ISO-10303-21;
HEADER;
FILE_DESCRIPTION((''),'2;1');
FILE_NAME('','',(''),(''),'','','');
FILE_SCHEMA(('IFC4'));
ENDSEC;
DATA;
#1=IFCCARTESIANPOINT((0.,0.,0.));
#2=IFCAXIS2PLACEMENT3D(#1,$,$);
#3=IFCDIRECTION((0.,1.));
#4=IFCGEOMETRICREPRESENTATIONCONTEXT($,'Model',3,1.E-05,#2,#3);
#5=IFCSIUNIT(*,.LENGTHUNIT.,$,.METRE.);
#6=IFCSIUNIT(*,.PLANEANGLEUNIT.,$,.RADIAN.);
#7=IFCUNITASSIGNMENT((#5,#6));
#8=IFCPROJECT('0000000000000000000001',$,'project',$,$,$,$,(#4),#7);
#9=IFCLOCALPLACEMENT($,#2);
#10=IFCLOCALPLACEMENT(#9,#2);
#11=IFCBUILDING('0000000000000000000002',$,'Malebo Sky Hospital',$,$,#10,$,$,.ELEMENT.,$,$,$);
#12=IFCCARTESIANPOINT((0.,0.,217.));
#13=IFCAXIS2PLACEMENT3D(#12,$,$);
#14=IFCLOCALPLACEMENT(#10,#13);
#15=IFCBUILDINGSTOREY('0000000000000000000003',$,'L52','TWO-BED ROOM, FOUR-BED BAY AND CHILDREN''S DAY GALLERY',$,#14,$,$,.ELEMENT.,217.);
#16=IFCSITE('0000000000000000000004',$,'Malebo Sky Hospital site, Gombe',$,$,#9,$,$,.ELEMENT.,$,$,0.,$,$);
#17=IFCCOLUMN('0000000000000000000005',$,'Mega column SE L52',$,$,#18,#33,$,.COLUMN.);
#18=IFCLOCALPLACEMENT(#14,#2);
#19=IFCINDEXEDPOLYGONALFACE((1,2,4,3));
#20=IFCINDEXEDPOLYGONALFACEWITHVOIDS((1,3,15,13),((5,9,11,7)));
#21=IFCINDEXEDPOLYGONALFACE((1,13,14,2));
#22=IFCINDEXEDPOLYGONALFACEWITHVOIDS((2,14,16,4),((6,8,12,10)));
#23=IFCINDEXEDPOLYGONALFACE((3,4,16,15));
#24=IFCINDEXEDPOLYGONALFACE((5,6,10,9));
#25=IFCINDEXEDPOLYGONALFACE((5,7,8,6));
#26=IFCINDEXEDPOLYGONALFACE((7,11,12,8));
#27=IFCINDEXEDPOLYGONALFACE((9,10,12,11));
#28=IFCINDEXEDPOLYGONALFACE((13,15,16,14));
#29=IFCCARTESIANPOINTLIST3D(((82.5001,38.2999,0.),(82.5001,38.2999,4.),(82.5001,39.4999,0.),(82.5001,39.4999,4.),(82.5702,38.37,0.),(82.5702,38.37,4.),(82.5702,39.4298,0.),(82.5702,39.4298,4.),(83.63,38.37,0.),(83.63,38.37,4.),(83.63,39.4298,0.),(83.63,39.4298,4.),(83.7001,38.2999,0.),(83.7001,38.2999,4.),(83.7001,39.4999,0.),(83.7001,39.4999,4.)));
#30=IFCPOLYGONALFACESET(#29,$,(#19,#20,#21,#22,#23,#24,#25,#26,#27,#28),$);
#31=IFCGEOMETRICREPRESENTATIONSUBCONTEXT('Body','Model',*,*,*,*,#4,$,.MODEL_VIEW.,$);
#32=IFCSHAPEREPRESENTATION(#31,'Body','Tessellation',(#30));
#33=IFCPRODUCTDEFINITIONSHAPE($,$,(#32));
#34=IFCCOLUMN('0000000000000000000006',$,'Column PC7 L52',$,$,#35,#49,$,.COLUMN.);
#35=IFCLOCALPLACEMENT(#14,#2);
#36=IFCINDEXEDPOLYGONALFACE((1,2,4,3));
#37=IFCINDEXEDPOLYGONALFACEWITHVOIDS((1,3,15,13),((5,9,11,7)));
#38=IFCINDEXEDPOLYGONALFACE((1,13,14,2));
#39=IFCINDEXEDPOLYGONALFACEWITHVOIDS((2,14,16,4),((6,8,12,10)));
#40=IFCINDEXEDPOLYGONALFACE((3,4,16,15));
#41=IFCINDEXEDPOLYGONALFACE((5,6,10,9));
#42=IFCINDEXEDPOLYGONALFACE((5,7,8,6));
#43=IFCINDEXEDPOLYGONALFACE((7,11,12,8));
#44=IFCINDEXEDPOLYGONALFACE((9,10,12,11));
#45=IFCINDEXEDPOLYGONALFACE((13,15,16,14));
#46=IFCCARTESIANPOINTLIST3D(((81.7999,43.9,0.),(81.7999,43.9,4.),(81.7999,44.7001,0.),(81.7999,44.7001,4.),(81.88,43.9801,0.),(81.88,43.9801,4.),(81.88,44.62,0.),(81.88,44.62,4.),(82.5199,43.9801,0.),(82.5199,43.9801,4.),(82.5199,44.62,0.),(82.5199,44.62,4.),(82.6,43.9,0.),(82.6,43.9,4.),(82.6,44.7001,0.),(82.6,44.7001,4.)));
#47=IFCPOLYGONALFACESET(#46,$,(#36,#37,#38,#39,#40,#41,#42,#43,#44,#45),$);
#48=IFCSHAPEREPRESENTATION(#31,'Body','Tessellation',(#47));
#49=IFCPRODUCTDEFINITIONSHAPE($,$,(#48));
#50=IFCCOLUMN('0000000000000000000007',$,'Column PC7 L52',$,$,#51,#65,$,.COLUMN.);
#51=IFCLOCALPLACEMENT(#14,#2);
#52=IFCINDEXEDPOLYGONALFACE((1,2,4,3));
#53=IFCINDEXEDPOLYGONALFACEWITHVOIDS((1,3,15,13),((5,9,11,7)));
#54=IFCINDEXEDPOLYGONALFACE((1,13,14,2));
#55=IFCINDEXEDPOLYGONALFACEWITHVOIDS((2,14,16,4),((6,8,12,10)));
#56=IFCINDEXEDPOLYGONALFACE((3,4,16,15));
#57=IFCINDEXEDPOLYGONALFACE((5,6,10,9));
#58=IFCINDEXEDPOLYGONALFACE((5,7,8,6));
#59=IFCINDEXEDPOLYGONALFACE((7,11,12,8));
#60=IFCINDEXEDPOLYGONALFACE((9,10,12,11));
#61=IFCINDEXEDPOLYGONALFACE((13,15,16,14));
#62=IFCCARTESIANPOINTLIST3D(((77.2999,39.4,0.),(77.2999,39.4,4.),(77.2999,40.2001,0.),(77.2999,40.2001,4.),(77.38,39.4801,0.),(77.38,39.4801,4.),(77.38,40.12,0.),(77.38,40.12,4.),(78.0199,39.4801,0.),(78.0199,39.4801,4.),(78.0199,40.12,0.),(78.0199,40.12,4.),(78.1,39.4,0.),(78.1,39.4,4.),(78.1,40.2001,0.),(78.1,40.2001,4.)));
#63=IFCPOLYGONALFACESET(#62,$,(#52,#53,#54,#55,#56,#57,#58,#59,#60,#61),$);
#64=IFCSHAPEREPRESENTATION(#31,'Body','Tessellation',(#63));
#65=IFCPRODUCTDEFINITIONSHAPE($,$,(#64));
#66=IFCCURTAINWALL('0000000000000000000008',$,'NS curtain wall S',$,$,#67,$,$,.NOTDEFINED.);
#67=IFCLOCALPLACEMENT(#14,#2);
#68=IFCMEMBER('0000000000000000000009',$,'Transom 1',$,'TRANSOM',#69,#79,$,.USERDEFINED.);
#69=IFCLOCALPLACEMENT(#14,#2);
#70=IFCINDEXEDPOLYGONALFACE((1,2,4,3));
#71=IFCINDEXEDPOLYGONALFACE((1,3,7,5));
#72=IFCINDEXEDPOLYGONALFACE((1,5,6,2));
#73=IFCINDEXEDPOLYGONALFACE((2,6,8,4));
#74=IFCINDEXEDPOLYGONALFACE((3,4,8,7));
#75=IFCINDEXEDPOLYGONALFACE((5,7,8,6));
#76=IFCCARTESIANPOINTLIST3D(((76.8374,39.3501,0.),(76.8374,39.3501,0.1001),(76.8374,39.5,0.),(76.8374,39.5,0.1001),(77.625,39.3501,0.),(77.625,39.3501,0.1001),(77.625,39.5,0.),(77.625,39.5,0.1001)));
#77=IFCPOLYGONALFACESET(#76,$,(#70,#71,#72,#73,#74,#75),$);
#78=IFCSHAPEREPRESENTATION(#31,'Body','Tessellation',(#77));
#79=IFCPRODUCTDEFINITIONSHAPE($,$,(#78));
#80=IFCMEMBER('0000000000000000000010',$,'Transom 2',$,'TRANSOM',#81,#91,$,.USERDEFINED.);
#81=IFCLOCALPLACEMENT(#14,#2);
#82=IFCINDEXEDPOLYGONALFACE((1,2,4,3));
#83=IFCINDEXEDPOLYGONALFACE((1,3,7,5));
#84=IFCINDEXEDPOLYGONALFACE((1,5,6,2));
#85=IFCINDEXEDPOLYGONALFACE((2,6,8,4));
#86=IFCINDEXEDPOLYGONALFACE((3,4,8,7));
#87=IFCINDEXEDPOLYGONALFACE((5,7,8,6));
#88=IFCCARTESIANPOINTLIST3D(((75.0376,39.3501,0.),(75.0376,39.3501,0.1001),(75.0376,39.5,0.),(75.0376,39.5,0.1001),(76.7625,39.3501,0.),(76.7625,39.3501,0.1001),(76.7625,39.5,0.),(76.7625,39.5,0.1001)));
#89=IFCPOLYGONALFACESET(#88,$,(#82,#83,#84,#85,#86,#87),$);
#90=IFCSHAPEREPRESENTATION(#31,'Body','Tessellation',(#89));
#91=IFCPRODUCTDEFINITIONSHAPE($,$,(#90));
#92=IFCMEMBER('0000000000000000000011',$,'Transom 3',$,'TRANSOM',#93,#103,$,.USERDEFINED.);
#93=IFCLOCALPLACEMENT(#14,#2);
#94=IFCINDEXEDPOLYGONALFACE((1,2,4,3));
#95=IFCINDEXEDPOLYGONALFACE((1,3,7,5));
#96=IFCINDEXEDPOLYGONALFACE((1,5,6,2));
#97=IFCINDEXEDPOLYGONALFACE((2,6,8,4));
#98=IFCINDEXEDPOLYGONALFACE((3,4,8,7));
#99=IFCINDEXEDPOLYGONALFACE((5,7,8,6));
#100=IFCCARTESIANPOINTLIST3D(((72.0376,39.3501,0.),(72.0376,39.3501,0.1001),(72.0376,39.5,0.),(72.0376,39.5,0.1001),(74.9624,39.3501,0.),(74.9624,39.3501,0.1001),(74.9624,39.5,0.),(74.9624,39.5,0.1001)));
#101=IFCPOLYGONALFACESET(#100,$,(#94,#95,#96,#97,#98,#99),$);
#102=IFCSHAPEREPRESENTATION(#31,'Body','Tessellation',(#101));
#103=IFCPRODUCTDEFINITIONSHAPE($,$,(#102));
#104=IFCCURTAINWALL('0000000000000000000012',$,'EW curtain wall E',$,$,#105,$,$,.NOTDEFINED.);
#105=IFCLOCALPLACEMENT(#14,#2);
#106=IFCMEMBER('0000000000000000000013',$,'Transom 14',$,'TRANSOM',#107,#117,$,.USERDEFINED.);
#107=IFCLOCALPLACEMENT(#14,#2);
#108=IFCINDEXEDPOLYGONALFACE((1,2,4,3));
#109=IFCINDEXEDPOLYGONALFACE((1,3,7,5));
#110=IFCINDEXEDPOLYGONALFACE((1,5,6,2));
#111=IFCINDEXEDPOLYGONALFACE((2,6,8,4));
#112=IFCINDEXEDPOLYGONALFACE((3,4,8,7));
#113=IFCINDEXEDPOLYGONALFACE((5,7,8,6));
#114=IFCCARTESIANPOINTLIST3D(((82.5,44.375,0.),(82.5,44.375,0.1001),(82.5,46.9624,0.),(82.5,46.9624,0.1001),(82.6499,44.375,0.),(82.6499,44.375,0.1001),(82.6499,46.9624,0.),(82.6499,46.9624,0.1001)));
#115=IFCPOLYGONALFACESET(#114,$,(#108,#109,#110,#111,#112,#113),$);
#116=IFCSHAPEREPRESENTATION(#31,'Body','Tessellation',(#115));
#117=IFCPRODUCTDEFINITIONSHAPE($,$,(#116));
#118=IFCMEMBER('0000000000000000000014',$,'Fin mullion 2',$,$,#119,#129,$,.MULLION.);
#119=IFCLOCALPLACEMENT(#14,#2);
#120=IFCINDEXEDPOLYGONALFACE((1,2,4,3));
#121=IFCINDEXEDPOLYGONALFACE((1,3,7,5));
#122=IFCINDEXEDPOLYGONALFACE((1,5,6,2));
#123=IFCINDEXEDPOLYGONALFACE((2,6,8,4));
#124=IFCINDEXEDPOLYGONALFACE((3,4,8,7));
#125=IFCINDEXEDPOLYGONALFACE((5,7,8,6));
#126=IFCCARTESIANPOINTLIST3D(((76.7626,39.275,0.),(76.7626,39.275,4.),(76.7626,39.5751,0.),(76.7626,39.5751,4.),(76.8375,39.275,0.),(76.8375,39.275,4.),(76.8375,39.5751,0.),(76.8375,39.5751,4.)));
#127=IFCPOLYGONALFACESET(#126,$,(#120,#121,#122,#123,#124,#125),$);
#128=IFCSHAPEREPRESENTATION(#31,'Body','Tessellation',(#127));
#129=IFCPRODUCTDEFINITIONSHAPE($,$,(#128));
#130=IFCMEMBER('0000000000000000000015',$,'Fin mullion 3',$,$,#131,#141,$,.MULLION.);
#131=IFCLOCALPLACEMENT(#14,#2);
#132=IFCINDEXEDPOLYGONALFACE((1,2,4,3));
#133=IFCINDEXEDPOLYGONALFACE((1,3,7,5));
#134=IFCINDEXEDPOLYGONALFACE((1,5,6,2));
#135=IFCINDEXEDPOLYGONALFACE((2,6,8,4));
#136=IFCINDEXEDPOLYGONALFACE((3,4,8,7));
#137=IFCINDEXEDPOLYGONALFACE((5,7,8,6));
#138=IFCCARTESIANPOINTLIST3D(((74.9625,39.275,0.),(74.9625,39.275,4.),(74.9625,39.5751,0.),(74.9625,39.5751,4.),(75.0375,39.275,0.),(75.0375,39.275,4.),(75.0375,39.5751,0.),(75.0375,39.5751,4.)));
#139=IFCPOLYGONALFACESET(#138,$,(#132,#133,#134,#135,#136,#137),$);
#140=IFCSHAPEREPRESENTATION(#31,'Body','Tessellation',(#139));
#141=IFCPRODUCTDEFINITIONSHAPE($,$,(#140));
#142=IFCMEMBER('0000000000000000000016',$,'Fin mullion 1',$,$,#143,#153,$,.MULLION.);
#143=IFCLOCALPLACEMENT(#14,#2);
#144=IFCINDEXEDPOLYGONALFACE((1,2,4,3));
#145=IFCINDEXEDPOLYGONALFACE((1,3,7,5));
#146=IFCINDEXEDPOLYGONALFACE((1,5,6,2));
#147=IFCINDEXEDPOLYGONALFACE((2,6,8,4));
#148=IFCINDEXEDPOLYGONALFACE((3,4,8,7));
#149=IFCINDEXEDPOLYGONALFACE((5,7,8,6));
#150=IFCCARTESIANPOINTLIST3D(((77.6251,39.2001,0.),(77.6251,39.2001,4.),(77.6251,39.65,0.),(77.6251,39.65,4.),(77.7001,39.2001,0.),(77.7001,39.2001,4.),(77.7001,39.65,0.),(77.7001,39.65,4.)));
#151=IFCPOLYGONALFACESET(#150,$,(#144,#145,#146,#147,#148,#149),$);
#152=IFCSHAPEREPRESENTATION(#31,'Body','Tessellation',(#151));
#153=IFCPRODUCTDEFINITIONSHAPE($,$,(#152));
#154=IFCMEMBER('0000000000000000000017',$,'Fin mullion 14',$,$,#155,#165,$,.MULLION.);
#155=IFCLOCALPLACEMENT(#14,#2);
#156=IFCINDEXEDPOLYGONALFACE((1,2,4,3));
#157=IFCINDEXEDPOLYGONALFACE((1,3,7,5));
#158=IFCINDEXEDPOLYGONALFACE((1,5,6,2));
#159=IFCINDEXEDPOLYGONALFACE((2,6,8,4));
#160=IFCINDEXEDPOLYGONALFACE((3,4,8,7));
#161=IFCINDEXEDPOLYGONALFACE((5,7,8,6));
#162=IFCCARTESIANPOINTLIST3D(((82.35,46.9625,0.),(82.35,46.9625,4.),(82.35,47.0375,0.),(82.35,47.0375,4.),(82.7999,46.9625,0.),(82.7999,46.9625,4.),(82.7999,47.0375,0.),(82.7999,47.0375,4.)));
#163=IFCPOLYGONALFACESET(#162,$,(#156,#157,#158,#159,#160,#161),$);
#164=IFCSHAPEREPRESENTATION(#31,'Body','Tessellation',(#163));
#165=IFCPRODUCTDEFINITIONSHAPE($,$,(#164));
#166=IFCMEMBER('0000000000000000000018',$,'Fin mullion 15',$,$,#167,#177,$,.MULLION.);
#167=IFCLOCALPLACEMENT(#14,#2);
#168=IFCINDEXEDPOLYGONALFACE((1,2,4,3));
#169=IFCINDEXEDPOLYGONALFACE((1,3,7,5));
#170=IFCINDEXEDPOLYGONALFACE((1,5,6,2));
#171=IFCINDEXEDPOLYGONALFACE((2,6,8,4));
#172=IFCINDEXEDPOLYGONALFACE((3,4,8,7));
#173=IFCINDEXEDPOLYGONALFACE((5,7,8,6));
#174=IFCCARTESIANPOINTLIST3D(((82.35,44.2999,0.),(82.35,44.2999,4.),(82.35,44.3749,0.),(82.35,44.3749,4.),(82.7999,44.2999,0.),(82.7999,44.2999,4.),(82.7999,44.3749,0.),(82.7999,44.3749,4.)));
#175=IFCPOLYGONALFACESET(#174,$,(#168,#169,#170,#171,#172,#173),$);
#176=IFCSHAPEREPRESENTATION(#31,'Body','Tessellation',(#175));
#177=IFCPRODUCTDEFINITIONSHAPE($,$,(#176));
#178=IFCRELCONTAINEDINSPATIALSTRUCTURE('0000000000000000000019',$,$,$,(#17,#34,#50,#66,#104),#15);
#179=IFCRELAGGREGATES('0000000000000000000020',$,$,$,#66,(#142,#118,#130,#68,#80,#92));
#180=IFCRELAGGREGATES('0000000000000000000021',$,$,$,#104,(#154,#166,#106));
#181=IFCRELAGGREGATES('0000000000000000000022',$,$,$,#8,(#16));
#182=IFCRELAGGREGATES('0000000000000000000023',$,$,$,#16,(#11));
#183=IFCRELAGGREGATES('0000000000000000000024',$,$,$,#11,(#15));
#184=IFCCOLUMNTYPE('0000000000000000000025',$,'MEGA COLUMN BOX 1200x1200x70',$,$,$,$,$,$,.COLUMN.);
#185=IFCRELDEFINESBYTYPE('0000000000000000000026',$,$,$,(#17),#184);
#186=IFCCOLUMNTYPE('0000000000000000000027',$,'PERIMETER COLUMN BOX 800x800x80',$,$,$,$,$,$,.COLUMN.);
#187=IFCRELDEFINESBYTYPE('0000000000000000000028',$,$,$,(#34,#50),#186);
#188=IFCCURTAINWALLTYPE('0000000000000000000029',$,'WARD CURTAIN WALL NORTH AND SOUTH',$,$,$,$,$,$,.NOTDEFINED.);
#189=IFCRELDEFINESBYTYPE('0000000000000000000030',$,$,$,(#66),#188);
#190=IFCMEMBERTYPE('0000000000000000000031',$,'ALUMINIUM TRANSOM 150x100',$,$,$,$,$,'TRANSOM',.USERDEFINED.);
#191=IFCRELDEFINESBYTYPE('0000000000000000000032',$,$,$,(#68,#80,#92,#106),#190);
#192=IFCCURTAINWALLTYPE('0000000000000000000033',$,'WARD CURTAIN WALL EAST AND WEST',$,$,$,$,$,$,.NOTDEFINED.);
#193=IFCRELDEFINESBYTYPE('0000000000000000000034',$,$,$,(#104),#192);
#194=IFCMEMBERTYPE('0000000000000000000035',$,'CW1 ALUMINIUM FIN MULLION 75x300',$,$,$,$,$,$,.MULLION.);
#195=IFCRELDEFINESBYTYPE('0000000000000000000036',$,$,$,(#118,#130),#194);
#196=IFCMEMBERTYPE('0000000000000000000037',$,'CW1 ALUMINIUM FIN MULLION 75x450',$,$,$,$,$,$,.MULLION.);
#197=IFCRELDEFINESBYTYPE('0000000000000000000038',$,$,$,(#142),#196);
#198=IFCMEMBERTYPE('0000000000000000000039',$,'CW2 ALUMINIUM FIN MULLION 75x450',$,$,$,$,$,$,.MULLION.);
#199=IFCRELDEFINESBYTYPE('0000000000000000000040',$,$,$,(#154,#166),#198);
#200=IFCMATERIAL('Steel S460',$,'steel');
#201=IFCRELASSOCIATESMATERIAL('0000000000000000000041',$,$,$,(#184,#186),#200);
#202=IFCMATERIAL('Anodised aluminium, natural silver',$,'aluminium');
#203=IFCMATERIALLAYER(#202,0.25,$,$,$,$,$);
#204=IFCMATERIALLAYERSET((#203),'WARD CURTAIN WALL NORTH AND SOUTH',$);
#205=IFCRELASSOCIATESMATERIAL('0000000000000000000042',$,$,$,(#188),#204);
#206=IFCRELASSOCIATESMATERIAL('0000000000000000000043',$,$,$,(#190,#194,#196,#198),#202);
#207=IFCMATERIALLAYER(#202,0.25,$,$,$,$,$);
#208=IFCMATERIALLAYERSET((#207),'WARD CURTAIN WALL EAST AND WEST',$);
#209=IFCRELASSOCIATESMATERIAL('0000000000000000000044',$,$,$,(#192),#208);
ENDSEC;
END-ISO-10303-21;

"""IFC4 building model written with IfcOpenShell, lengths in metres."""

from ifc_helpers import new_model, si_unit, direction, frame, origin, origin_2d, place, context, subcontext, project, spatial, rectangle, hollow_rectangle, extrude, material, layer, layer_set, material_profile, profile_set, type_object, element, aggregate, save


model = new_model("IFC4")

# Units and contexts
model_context = context("Model", 3, precision=1e-05, world=origin(), true_north=direction((0.0, 1.0)))
body_context = subcontext(model_context, "Body", "Model", "MODEL_VIEW")
ifc_project = project(units=[si_unit("LENGTHUNIT", "METRE"), si_unit("PLANEANGLEUNIT", "RADIAN")], contexts=[model_context])

# Site, building, storey
site_placement = place(None, origin())
site = spatial("IfcSite", under=ifc_project, at=site_placement, Name="Malebo Sky Hospital site, Gombe", CompositionType="ELEMENT", RefElevation=0.0)
building_placement = place(site_placement, origin())
building = spatial("IfcBuilding", under=site, at=building_placement, Name="Malebo Sky Hospital", CompositionType="ELEMENT")
storey_placement = place(building_placement, frame((0.0, 0.0, 217.0)))
storey = spatial("IfcBuildingStorey", under=building, at=storey_placement, Name="L52", Description="TWO-BED ROOM, FOUR-BED BAY AND CHILDREN'S DAY GALLERY", CompositionType="ELEMENT", Elevation=217.0)

# Columns
ifc_material_1 = material(Name="Steel S460", Category="steel")
ifc_material_profile_1 = material_profile(ifc_material_1, hollow_rectangle(XDim=1.2, YDim=1.2, WallThickness=0.0701, at=origin_2d()), Name="BOX 1200x1200x70")
ifc_profile_set_1 = profile_set([ifc_material_profile_1], Name="Steel S460")
column_type_1 = type_object("IfcColumnType", Name="MEGA COLUMN BOX 1200x1200x70", PredefinedType="COLUMN", material=ifc_profile_set_1)
column_placement = place(storey_placement, frame((83.1001, 38.8999, 0.0), z_axis=(0.0, 0.0, 1.0), x_axis=(1.0, 0.0, 0.0)))
element("IfcColumn", 1, at=column_placement, inside=storey, type_object=column_type_1, Name="Mega column SE L52", PredefinedType="COLUMN", context=body_context, shape_type="SweptSolid", body=[
    extrude(hollow_rectangle(XDim=1.2, YDim=1.2, WallThickness=0.0701, at=origin_2d()), origin(), (0.0, 0.0, 1.0), 4.0),
])
ifc_material_profile_2 = material_profile(ifc_material_1, hollow_rectangle(XDim=0.8, YDim=0.8, WallThickness=0.0801, at=origin_2d()), Name="BOX 800x800x80")
ifc_profile_set_2 = profile_set([ifc_material_profile_2], Name="Steel S460")
column_type_2 = type_object("IfcColumnType", Name="PERIMETER COLUMN BOX 800x800x80", PredefinedType="COLUMN", material=ifc_profile_set_2)
for number, where, z_axis, x_axis, name in (
    (2, (82.2, 44.3, 0.0), (0.0, 0.0, 1.0), (1.0, 0.0, 0.0), "Column PC7 L52"),
    (3, (77.7, 39.8, 0.0), (0.0, 0.0, 1.0), (1.0, 0.0, 0.0), "Column PC7 L52"),
):
    element("IfcColumn", number, at=place(storey_placement, frame(where, z_axis=z_axis, x_axis=x_axis)), inside=storey, type_object=column_type_2, Name=name, PredefinedType="COLUMN", context=body_context, shape_type="SweptSolid", body=[
        extrude(hollow_rectangle(XDim=0.8, YDim=0.8, WallThickness=0.0801, at=origin_2d()), origin(), (0.0, 0.0, 1.0), 4.0),
    ])

# Curtain wall, members
ifc_material_2 = material(Name="Anodised aluminium, natural silver", Category="aluminium")
ifc_layer_1 = layer(ifc_material_2, 0.25)
ifc_layer_set_1 = layer_set([ifc_layer_1], Name="WARD CURTAIN WALL NORTH AND SOUTH")
curtain_wall_type_1 = type_object("IfcCurtainWallType", Name="WARD CURTAIN WALL NORTH AND SOUTH", PredefinedType="NOTDEFINED", material=ifc_layer_set_1)
curtain_wall_1_placement = place(storey_placement, origin())
curtain_wall_1 = element("IfcCurtainWall", 4, at=curtain_wall_1_placement, inside=storey, type_object=curtain_wall_type_1, Name="NS curtain wall S", PredefinedType="NOTDEFINED")
ifc_material_profile_3 = material_profile(ifc_material_2, rectangle(XDim=0.1499, YDim=0.1001, at=origin_2d()), Name="ALUMINIUM TRANSOM 150x100")
ifc_profile_set_3 = profile_set([ifc_material_profile_3], Name="Anodised aluminium, natural silver")
member_type_1 = type_object("IfcMemberType", Name="ALUMINIUM TRANSOM 150x100", ElementType="TRANSOM", PredefinedType="USERDEFINED", material=ifc_profile_set_3)
member_1_placement = place(storey_placement, frame((77.625, 39.425, 0.05), z_axis=(-1.0, 0.0, 0.0), x_axis=(0.0, -1.0, 0.0)))
member_1 = element("IfcMember", 5, at=member_1_placement, type_object=member_type_1, Name="Transom 1", ObjectType="TRANSOM", PredefinedType="USERDEFINED", context=body_context, shape_type="SweptSolid", body=[
    extrude(rectangle(XDim=0.1499, YDim=0.1001, at=origin_2d()), origin(), (0.0, 0.0, 1.0), 0.7876),
])
member_2_placement = place(storey_placement, frame((76.7625, 39.425, 0.05), z_axis=(-1.0, 0.0, 0.0), x_axis=(0.0, -1.0, 0.0)))
member_2 = element("IfcMember", 6, at=member_2_placement, type_object=member_type_1, Name="Transom 2", ObjectType="TRANSOM", PredefinedType="USERDEFINED", context=body_context, shape_type="SweptSolid", body=[
    extrude(rectangle(XDim=0.1499, YDim=0.1001, at=origin_2d()), origin(), (0.0, 0.0, 1.0), 1.7249),
])
member_3_placement = place(storey_placement, frame((74.9624, 39.425, 0.05), z_axis=(-1.0, 0.0, 0.0), x_axis=(0.0, -1.0, 0.0)))
member_3 = element("IfcMember", 7, at=member_3_placement, type_object=member_type_1, Name="Transom 3", ObjectType="TRANSOM", PredefinedType="USERDEFINED", context=body_context, shape_type="SweptSolid", body=[
    extrude(rectangle(XDim=0.1499, YDim=0.1001, at=origin_2d()), origin(), (0.0, 0.0, 1.0), 2.9248),
])

# Curtain wall, member
ifc_layer_2 = layer(ifc_material_2, 0.25)
ifc_layer_set_2 = layer_set([ifc_layer_2], Name="WARD CURTAIN WALL EAST AND WEST")
curtain_wall_type_2 = type_object("IfcCurtainWallType", Name="WARD CURTAIN WALL EAST AND WEST", PredefinedType="NOTDEFINED", material=ifc_layer_set_2)
curtain_wall_2_placement = place(storey_placement, origin())
curtain_wall_2 = element("IfcCurtainWall", 8, at=curtain_wall_2_placement, inside=storey, type_object=curtain_wall_type_2, Name="EW curtain wall E", PredefinedType="NOTDEFINED")
member_4_placement = place(storey_placement, frame((82.575, 46.9624, 0.05), z_axis=(0.0, -1.0, 0.0), x_axis=(1.0, 0.0, 0.0)))
member_4 = element("IfcMember", 9, at=member_4_placement, type_object=member_type_1, Name="Transom 14", ObjectType="TRANSOM", PredefinedType="USERDEFINED", context=body_context, shape_type="SweptSolid", body=[
    extrude(rectangle(XDim=0.1499, YDim=0.1001, at=origin_2d()), origin(), (0.0, 0.0, 1.0), 2.5874),
])

# Members
ifc_material_profile_4 = material_profile(ifc_material_2, rectangle(XDim=0.075, YDim=0.3, at=origin_2d()), Name="CW1 ALUMINIUM FIN MULLION 75x300")
ifc_profile_set_4 = profile_set([ifc_material_profile_4], Name="Anodised aluminium, natural silver")
member_type_2 = type_object("IfcMemberType", Name="CW1 ALUMINIUM FIN MULLION 75x300", PredefinedType="MULLION", material=ifc_profile_set_4)
member_5_placement = place(storey_placement, frame((76.8, 39.425, 0.0), z_axis=(0.0, 0.0, 1.0), x_axis=(-1.0, 0.0, 0.0)))
member_5 = element("IfcMember", 10, at=member_5_placement, type_object=member_type_2, Name="Fin mullion 2", PredefinedType="MULLION", context=body_context, shape_type="SweptSolid", body=[
    extrude(rectangle(XDim=0.075, YDim=0.3, at=origin_2d()), origin(), (0.0, 0.0, 1.0), 4.0),
])
member_6_placement = place(storey_placement, frame((75.0, 39.425, 0.0), z_axis=(0.0, 0.0, 1.0), x_axis=(-1.0, 0.0, 0.0)))
member_6 = element("IfcMember", 11, at=member_6_placement, type_object=member_type_2, Name="Fin mullion 3", PredefinedType="MULLION", context=body_context, shape_type="SweptSolid", body=[
    extrude(rectangle(XDim=0.075, YDim=0.3, at=origin_2d()), origin(), (0.0, 0.0, 1.0), 4.0),
])
ifc_material_profile_5 = material_profile(ifc_material_2, rectangle(XDim=0.075, YDim=0.45, at=origin_2d()), Name="CW1 ALUMINIUM FIN MULLION 75x450")
ifc_profile_set_5 = profile_set([ifc_material_profile_5], Name="Anodised aluminium, natural silver")
member_type_3 = type_object("IfcMemberType", Name="CW1 ALUMINIUM FIN MULLION 75x450", PredefinedType="MULLION", material=ifc_profile_set_5)
member_7_placement = place(storey_placement, frame((77.6626, 39.425, 0.0), z_axis=(0.0, 0.0, 1.0), x_axis=(-1.0, 0.0, 0.0)))
member_7 = element("IfcMember", 12, at=member_7_placement, type_object=member_type_3, Name="Fin mullion 1", PredefinedType="MULLION", context=body_context, shape_type="SweptSolid", body=[
    extrude(rectangle(XDim=0.075, YDim=0.45, at=origin_2d()), origin(), (0.0, 0.0, 1.0), 4.0),
])
ifc_material_profile_6 = material_profile(ifc_material_2, rectangle(XDim=0.075, YDim=0.45, at=origin_2d()), Name="CW2 ALUMINIUM FIN MULLION 75x450")
ifc_profile_set_6 = profile_set([ifc_material_profile_6], Name="Anodised aluminium, natural silver")
member_type_4 = type_object("IfcMemberType", Name="CW2 ALUMINIUM FIN MULLION 75x450", PredefinedType="MULLION", material=ifc_profile_set_6)
member_8_placement = place(storey_placement, frame((82.575, 47.0, 0.0), z_axis=(0.0, 0.0, 1.0), x_axis=(0.0, -1.0, 0.0)))
member_8 = element("IfcMember", 13, at=member_8_placement, type_object=member_type_4, Name="Fin mullion 14", PredefinedType="MULLION", context=body_context, shape_type="SweptSolid", body=[
    extrude(rectangle(XDim=0.075, YDim=0.45, at=origin_2d()), origin(), (0.0, 0.0, 1.0), 4.0),
])
member_9_placement = place(storey_placement, frame((82.575, 44.3374, 0.0), z_axis=(0.0, 0.0, 1.0), x_axis=(0.0, -1.0, 0.0)))
member_9 = element("IfcMember", 14, at=member_9_placement, type_object=member_type_4, Name="Fin mullion 15", PredefinedType="MULLION", context=body_context, shape_type="SweptSolid", body=[
    extrude(rectangle(XDim=0.075, YDim=0.45, at=origin_2d()), origin(), (0.0, 0.0, 1.0), 4.0),
])

aggregate(curtain_wall_1, [member_7, member_5, member_6, member_1, member_2, member_3])
aggregate(curtain_wall_2, [member_8, member_9, member_4])

save(model, "model.ifc")
